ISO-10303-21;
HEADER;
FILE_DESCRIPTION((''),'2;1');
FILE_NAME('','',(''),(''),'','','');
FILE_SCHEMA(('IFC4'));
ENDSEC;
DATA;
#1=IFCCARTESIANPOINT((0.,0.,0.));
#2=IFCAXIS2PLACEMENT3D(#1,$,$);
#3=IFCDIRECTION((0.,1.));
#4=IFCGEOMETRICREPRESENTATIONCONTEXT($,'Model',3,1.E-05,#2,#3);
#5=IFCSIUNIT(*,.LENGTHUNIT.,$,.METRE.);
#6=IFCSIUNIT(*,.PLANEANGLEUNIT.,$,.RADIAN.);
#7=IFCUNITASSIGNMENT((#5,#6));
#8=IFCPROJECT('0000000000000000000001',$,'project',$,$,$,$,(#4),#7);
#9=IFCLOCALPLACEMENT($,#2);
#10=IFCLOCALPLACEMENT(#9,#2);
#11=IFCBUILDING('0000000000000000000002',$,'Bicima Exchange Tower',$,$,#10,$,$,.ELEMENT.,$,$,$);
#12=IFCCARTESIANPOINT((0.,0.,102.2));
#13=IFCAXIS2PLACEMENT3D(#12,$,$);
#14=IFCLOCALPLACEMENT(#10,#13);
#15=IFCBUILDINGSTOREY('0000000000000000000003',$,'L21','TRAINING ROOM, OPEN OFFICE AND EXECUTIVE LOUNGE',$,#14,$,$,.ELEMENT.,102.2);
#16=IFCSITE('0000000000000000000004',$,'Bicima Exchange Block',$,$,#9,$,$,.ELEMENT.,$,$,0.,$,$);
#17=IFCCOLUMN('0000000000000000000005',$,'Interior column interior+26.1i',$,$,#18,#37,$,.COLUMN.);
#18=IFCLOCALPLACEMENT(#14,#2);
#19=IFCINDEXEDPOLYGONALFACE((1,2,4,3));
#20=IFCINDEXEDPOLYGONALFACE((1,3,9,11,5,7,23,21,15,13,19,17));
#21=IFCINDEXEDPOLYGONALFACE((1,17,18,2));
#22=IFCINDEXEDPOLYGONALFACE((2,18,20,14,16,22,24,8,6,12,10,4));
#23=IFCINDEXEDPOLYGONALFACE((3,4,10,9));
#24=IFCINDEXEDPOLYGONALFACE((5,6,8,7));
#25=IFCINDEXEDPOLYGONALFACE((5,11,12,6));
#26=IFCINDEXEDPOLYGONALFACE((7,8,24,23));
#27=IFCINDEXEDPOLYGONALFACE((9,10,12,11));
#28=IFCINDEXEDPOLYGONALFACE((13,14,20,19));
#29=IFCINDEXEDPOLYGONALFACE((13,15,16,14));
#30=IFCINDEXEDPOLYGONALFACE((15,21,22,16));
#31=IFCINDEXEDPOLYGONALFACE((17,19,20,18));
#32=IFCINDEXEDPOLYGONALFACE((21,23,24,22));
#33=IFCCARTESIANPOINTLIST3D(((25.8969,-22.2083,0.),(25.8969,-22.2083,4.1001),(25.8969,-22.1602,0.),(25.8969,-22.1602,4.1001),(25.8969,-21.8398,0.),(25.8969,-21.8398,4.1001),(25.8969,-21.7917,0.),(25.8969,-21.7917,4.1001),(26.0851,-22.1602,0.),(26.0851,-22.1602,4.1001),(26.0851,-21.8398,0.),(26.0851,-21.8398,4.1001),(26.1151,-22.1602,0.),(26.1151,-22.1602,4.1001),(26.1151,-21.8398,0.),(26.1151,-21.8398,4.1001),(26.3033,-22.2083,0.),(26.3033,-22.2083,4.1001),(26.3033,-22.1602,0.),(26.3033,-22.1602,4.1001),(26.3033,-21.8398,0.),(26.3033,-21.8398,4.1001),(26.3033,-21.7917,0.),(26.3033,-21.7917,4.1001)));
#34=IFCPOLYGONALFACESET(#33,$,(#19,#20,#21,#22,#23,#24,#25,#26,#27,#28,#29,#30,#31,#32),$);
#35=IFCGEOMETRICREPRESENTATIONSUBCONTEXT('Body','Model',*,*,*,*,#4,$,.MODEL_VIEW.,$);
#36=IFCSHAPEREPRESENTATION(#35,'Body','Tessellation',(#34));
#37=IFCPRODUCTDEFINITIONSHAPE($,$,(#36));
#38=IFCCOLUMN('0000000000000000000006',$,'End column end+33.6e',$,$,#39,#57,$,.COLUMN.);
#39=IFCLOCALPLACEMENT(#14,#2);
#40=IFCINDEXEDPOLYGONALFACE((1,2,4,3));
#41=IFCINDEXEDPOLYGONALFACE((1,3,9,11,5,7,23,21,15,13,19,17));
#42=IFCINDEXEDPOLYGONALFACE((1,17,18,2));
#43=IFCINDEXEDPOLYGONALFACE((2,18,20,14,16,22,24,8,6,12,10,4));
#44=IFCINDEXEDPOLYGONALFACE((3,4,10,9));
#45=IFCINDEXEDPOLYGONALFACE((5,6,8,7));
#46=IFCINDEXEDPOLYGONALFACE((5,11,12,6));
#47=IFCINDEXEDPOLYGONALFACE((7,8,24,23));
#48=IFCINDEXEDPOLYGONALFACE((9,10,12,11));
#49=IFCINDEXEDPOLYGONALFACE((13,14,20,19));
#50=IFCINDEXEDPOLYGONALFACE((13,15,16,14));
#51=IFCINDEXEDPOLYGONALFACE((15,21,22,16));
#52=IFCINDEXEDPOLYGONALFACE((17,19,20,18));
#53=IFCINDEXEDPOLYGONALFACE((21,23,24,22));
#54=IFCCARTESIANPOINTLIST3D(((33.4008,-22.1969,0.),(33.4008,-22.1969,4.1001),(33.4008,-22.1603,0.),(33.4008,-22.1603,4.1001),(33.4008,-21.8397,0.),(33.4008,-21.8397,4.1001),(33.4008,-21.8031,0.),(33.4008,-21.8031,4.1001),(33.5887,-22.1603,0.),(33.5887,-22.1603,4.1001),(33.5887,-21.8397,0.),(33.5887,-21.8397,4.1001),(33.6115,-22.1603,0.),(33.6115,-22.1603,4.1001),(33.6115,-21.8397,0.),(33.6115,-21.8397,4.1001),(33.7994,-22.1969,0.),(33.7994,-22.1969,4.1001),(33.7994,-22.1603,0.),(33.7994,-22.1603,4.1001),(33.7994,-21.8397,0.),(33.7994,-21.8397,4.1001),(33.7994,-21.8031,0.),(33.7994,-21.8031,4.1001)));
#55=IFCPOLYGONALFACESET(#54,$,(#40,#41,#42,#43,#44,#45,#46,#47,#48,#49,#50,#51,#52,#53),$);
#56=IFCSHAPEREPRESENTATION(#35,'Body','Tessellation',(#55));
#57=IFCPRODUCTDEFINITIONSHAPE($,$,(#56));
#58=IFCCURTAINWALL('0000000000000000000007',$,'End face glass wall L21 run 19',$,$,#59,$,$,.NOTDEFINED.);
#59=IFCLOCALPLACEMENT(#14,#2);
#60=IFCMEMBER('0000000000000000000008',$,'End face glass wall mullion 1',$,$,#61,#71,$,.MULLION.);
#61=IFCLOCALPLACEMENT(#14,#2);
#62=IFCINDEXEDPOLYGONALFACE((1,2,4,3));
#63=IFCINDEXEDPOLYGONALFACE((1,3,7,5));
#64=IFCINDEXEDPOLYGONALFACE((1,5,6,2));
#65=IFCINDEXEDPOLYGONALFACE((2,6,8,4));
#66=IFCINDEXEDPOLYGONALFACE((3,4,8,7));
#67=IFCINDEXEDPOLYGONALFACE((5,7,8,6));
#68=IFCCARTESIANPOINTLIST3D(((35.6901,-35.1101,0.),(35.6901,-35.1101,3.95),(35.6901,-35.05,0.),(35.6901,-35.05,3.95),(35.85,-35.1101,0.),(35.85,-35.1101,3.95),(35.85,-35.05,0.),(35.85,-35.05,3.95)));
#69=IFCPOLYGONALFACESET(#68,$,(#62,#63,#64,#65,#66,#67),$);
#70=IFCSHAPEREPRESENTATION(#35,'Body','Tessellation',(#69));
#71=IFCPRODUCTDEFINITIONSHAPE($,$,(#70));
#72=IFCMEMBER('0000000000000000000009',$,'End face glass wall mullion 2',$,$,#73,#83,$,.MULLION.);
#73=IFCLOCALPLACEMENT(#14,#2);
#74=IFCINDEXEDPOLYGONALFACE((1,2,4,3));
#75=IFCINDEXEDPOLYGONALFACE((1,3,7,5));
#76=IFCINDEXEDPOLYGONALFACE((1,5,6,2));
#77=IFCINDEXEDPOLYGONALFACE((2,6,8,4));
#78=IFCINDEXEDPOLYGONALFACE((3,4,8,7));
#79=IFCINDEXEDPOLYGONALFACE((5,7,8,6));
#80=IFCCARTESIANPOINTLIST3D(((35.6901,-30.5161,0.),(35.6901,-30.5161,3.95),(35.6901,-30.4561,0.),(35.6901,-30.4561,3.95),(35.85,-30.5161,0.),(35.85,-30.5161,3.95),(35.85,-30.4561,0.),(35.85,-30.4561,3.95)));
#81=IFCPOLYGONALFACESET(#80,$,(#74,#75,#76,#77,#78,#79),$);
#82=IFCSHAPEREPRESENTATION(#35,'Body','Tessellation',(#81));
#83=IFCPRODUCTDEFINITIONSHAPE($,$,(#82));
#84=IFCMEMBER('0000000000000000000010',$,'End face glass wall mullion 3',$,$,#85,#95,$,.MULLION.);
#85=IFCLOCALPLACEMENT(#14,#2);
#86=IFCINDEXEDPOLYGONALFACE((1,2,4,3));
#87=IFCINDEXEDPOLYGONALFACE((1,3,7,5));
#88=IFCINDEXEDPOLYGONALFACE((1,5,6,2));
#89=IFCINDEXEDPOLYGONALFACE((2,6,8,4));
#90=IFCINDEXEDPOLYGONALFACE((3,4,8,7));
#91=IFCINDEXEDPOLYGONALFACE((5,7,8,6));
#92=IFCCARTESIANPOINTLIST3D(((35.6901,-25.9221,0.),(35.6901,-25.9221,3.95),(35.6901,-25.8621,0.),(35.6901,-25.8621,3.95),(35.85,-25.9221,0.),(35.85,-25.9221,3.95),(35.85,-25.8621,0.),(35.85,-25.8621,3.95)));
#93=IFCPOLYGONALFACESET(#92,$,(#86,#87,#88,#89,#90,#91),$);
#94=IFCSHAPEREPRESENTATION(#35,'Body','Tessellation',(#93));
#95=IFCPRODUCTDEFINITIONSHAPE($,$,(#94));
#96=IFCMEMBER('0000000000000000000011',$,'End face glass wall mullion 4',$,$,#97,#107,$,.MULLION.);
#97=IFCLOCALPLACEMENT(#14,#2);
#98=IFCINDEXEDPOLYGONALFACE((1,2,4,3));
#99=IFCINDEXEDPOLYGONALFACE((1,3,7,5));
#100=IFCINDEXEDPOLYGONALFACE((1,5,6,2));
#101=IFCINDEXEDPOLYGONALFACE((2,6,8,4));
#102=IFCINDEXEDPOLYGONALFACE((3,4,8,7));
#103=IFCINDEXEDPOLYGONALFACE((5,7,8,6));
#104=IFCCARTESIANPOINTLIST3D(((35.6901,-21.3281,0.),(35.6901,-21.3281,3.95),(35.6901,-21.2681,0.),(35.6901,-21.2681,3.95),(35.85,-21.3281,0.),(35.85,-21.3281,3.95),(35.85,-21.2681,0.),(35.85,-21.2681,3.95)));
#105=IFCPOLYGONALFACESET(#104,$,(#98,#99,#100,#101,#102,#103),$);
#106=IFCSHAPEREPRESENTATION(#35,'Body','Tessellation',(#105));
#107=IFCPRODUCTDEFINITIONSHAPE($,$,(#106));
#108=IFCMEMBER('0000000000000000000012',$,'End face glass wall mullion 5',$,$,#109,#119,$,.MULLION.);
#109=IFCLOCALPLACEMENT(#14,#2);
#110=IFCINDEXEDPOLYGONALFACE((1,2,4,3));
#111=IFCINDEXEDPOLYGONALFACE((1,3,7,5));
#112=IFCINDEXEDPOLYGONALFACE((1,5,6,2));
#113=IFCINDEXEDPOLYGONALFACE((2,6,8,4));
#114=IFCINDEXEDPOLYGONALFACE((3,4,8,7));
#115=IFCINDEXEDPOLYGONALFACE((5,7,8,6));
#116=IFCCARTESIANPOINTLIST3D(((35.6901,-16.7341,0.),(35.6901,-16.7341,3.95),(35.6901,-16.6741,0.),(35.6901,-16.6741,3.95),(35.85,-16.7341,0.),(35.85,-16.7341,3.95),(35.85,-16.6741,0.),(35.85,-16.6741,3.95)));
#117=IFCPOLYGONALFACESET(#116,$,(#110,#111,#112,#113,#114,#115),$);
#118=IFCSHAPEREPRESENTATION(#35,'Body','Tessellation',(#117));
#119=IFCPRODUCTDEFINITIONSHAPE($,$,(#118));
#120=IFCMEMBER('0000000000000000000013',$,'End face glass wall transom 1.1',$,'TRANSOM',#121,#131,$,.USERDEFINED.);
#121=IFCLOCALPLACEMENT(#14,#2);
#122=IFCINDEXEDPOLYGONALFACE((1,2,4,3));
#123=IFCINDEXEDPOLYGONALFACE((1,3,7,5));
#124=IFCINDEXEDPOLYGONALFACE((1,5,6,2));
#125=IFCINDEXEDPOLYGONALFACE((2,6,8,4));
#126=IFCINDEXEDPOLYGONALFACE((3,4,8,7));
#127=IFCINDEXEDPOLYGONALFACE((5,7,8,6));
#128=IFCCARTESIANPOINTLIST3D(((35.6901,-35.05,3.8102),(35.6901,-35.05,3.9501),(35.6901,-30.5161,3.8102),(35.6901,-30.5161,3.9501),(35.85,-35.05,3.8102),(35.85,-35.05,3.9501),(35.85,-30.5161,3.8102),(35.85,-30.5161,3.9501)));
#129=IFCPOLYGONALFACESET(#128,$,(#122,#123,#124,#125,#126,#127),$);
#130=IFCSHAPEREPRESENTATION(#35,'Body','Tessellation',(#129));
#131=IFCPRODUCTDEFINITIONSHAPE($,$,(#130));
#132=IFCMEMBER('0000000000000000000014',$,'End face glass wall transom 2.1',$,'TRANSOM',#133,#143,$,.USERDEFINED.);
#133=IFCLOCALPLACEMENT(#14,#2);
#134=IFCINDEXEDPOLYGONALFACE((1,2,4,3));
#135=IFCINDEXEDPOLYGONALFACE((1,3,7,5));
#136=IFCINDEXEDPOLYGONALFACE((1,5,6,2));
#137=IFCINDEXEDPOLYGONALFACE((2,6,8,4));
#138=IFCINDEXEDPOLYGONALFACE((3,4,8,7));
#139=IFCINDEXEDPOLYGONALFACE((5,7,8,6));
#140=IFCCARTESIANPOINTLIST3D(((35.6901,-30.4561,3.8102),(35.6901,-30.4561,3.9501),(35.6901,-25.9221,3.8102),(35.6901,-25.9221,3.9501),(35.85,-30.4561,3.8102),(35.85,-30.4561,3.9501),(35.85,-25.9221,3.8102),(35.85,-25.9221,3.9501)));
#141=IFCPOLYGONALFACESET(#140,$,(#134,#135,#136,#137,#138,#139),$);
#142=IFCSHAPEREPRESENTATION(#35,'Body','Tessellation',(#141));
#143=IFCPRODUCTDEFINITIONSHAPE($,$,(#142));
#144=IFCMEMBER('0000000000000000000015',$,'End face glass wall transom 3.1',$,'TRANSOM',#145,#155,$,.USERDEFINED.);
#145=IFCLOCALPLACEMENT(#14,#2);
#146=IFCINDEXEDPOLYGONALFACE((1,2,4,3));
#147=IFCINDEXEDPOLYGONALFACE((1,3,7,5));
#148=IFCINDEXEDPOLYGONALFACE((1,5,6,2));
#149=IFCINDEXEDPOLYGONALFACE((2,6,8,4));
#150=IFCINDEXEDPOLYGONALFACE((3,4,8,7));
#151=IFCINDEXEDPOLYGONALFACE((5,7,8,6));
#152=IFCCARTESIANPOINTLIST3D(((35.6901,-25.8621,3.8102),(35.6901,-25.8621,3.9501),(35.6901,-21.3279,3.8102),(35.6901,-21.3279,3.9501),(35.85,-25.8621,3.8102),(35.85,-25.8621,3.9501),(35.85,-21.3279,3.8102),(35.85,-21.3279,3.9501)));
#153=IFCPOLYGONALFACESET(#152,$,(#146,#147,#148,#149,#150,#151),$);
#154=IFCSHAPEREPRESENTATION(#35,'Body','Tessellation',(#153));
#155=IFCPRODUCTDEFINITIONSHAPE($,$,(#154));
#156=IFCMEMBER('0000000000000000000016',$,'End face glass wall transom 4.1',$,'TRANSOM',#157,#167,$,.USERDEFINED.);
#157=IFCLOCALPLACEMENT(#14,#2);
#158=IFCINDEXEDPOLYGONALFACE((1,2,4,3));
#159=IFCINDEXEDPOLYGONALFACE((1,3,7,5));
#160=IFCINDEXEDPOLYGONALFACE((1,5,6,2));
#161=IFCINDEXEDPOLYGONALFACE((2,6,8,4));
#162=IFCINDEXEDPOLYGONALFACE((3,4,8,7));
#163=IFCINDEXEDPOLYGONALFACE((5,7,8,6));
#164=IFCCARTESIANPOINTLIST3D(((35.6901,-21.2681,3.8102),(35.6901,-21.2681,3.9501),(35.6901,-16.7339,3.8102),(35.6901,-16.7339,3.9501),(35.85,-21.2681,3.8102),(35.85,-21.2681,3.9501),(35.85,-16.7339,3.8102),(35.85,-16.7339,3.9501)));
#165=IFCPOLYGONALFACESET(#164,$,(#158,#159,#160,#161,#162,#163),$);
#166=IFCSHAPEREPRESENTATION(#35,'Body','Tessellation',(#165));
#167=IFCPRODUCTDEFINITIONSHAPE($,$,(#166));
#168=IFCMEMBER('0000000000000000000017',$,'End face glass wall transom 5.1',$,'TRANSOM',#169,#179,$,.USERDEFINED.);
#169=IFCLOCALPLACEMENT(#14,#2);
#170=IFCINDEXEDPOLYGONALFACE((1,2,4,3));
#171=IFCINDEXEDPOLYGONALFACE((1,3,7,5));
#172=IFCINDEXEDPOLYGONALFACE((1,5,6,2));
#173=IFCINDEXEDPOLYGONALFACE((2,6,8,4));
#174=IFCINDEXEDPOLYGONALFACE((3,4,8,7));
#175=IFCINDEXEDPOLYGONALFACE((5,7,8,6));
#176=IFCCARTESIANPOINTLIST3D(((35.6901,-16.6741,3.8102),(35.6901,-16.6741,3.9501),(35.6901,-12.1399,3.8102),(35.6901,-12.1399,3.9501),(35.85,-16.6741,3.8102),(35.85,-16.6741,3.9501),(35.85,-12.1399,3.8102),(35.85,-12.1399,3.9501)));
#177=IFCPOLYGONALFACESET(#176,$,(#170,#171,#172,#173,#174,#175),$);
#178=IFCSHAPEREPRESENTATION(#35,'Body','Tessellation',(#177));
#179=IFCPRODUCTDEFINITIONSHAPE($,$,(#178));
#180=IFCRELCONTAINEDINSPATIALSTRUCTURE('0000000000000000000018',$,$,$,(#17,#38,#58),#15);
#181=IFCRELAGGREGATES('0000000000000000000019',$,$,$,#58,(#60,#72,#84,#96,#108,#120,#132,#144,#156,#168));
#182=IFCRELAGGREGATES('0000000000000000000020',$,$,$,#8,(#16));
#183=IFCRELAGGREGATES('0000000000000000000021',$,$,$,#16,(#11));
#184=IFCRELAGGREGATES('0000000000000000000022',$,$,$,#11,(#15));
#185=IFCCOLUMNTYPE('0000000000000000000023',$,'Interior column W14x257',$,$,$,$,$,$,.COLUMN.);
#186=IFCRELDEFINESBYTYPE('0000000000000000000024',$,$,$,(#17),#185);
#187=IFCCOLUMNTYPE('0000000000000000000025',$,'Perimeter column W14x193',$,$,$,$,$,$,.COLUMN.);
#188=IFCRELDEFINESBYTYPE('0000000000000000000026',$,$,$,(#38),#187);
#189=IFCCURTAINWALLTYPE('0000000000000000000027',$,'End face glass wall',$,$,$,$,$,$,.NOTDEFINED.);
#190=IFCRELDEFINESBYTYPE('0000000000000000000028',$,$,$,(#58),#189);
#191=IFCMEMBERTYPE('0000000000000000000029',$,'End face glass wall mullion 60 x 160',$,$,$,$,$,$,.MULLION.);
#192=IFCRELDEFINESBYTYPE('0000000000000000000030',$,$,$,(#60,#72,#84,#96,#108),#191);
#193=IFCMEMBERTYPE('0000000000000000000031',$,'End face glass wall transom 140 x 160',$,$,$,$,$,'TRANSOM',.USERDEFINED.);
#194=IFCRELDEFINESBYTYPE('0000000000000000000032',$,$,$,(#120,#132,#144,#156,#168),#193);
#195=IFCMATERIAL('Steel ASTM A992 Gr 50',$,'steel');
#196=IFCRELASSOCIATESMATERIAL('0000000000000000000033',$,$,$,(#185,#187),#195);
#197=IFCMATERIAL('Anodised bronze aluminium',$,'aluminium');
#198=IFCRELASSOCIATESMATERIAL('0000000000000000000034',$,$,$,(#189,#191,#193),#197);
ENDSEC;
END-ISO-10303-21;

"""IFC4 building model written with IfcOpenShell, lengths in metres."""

from ifc_helpers import new_model, si_unit, direction, frame, origin, origin_2d, place, context, subcontext, project, spatial, rectangle, i_section, extrude, material, material_profile, profile_set, type_object, element, aggregate, save


model = new_model("IFC4")

# Units and contexts
model_context = context("Model", 3, precision=1e-05, world=origin(), true_north=direction((0.0, 1.0)))
body_context = subcontext(model_context, "Body", "Model", "MODEL_VIEW")
ifc_project = project(units=[si_unit("LENGTHUNIT", "METRE"), si_unit("PLANEANGLEUNIT", "RADIAN")], contexts=[model_context])

# Site, building, storey
site_placement = place(None, origin())
site = spatial("IfcSite", under=ifc_project, at=site_placement, Name="Bicima Exchange Block", CompositionType="ELEMENT", RefElevation=0.0)
building_placement = place(site_placement, origin())
building = spatial("IfcBuilding", under=site, at=building_placement, Name="Bicima Exchange Tower", CompositionType="ELEMENT")
storey_placement = place(building_placement, frame((0.0, 0.0, 102.2)))
storey = spatial("IfcBuildingStorey", under=building, at=storey_placement, Name="L21", Description="TRAINING ROOM, OPEN OFFICE AND EXECUTIVE LOUNGE", CompositionType="ELEMENT", Elevation=102.2)

# Columns
ifc_material_1 = material(Name="Steel ASTM A992 Gr 50", Category="steel")
ifc_material_profile_1 = material_profile(ifc_material_1, i_section(OverallWidth=0.4065, OverallDepth=0.4165, WebThickness=0.03, FlangeThickness=0.0481, at=origin_2d()))
ifc_profile_set_1 = profile_set([ifc_material_profile_1], Name="Steel ASTM A992 Gr 50")
column_type_1 = type_object("IfcColumnType", Name="Interior column W14x257", PredefinedType="COLUMN", material=ifc_profile_set_1)
column_1_placement = place(storey_placement, frame((26.1001, -22.0, 0.0), z_axis=(0.0, 0.0, 1.0), x_axis=(1.0, 0.0, 0.0)))
element("IfcColumn", 1, at=column_1_placement, inside=storey, type_object=column_type_1, Name="Interior column interior+26.1i", PredefinedType="COLUMN", context=body_context, shape_type="SweptSolid", body=[
    extrude(i_section(OverallWidth=0.4065, OverallDepth=0.4165, WebThickness=0.03, FlangeThickness=0.0481, at=origin_2d()), origin(), (0.0, 0.0, 1.0), 4.1001),
])
ifc_material_profile_2 = material_profile(ifc_material_1, i_section(OverallWidth=0.3987, OverallDepth=0.3938, WebThickness=0.0227, FlangeThickness=0.0366, at=origin_2d()))
ifc_profile_set_2 = profile_set([ifc_material_profile_2], Name="Steel ASTM A992 Gr 50")
column_type_2 = type_object("IfcColumnType", Name="Perimeter column W14x193", PredefinedType="COLUMN", material=ifc_profile_set_2)
column_2_placement = place(storey_placement, frame((33.6001, -22.0, 0.0), z_axis=(0.0, 0.0, 1.0), x_axis=(1.0, 0.0, 0.0)))
element("IfcColumn", 2, at=column_2_placement, inside=storey, type_object=column_type_2, Name="End column end+33.6e", PredefinedType="COLUMN", context=body_context, shape_type="SweptSolid", body=[
    extrude(i_section(OverallWidth=0.3987, OverallDepth=0.3938, WebThickness=0.0227, FlangeThickness=0.0366, at=origin_2d()), origin(), (0.0, 0.0, 1.0), 4.1001),
])

# Curtain wall, members
ifc_material_2 = material(Name="Anodised bronze aluminium", Category="aluminium")
curtain_wall_type_1 = type_object("IfcCurtainWallType", Name="End face glass wall", PredefinedType="NOTDEFINED", material=ifc_material_2)
curtain_wall_1_placement = place(storey_placement, origin())
curtain_wall_1 = element("IfcCurtainWall", 3, at=curtain_wall_1_placement, inside=storey, type_object=curtain_wall_type_1, Name="End face glass wall L21 run 19", PredefinedType="NOTDEFINED")
ifc_material_profile_3 = material_profile(ifc_material_2, rectangle(XDim=0.1599, YDim=0.0601, at=origin_2d()))
ifc_profile_set_3 = profile_set([ifc_material_profile_3], Name="Anodised bronze aluminium")
member_type_1 = type_object("IfcMemberType", Name="End face glass wall mullion 60 x 160", PredefinedType="MULLION", material=ifc_profile_set_3)
member_1_placement = place(storey_placement, frame((35.77, -35.0801, 0.0), z_axis=(0.0, 0.0, 1.0), x_axis=(-1.0, 0.0, 0.0)))
member_1 = element("IfcMember", 4, at=member_1_placement, type_object=member_type_1, Name="End face glass wall mullion 1", PredefinedType="MULLION", context=body_context, shape_type="SweptSolid", body=[
    extrude(rectangle(XDim=0.1599, YDim=0.0601, at=origin_2d()), origin(), (0.0, 0.0, 1.0), 3.95),
])
member_2_placement = place(storey_placement, frame((35.77, -30.4861, 0.0), z_axis=(0.0, 0.0, 1.0), x_axis=(-1.0, 0.0, 0.0)))
member_2 = element("IfcMember", 5, at=member_2_placement, type_object=member_type_1, Name="End face glass wall mullion 2", PredefinedType="MULLION", context=body_context, shape_type="SweptSolid", body=[
    extrude(rectangle(XDim=0.1599, YDim=0.0601, at=origin_2d()), origin(), (0.0, 0.0, 1.0), 3.95),
])
member_3_placement = place(storey_placement, frame((35.77, -25.8921, 0.0), z_axis=(0.0, 0.0, 1.0), x_axis=(-1.0, 0.0, 0.0)))
member_3 = element("IfcMember", 6, at=member_3_placement, type_object=member_type_1, Name="End face glass wall mullion 3", PredefinedType="MULLION", context=body_context, shape_type="SweptSolid", body=[
    extrude(rectangle(XDim=0.1599, YDim=0.0601, at=origin_2d()), origin(), (0.0, 0.0, 1.0), 3.95),
])
member_4_placement = place(storey_placement, frame((35.77, -21.2981, 0.0), z_axis=(0.0, 0.0, 1.0), x_axis=(-1.0, 0.0, 0.0)))
member_4 = element("IfcMember", 7, at=member_4_placement, type_object=member_type_1, Name="End face glass wall mullion 4", PredefinedType="MULLION", context=body_context, shape_type="SweptSolid", body=[
    extrude(rectangle(XDim=0.1599, YDim=0.0601, at=origin_2d()), origin(), (0.0, 0.0, 1.0), 3.95),
])
member_5_placement = place(storey_placement, frame((35.77, -16.7041, 0.0), z_axis=(0.0, 0.0, 1.0), x_axis=(-1.0, 0.0, 0.0)))
member_5 = element("IfcMember", 8, at=member_5_placement, type_object=member_type_1, Name="End face glass wall mullion 5", PredefinedType="MULLION", context=body_context, shape_type="SweptSolid", body=[
    extrude(rectangle(XDim=0.1599, YDim=0.0601, at=origin_2d()), origin(), (0.0, 0.0, 1.0), 3.95),
])
ifc_material_profile_4 = material_profile(ifc_material_2, rectangle(XDim=0.1599, YDim=0.1399, at=origin_2d()))
ifc_profile_set_4 = profile_set([ifc_material_profile_4], Name="Anodised bronze aluminium")
member_type_2 = type_object("IfcMemberType", Name="End face glass wall transom 140 x 160", ElementType="TRANSOM", PredefinedType="USERDEFINED", material=ifc_profile_set_4)
member_6_placement = place(storey_placement, frame((35.77, -35.05, 3.8801), z_axis=(0.0, 1.0, 0.0), x_axis=(-1.0, 0.0, 0.0)))
member_6 = element("IfcMember", 9, at=member_6_placement, type_object=member_type_2, Name="End face glass wall transom 1.1", ObjectType="TRANSOM", PredefinedType="USERDEFINED", context=body_context, shape_type="SweptSolid", body=[
    extrude(rectangle(XDim=0.1599, YDim=0.1399, at=origin_2d()), origin(), (0.0, 0.0, 1.0), 4.5339),
])
member_7_placement = place(storey_placement, frame((35.77, -30.4561, 3.8801), z_axis=(0.0, 1.0, 0.0), x_axis=(-1.0, 0.0, 0.0)))
member_7 = element("IfcMember", 10, at=member_7_placement, type_object=member_type_2, Name="End face glass wall transom 2.1", ObjectType="TRANSOM", PredefinedType="USERDEFINED", context=body_context, shape_type="SweptSolid", body=[
    extrude(rectangle(XDim=0.1599, YDim=0.1399, at=origin_2d()), origin(), (0.0, 0.0, 1.0), 4.5339),
])
member_8_placement = place(storey_placement, frame((35.77, -25.8621, 3.8801), z_axis=(0.0, 1.0, 0.0), x_axis=(-1.0, 0.0, 0.0)))
member_8 = element("IfcMember", 11, at=member_8_placement, type_object=member_type_2, Name="End face glass wall transom 3.1", ObjectType="TRANSOM", PredefinedType="USERDEFINED", context=body_context, shape_type="SweptSolid", body=[
    extrude(rectangle(XDim=0.1599, YDim=0.1399, at=origin_2d()), origin(), (0.0, 0.0, 1.0), 4.5342),
])
member_9_placement = place(storey_placement, frame((35.77, -21.2681, 3.8801), z_axis=(0.0, 1.0, 0.0), x_axis=(-1.0, 0.0, 0.0)))
member_9 = element("IfcMember", 12, at=member_9_placement, type_object=member_type_2, Name="End face glass wall transom 4.1", ObjectType="TRANSOM", PredefinedType="USERDEFINED", context=body_context, shape_type="SweptSolid", body=[
    extrude(rectangle(XDim=0.1599, YDim=0.1399, at=origin_2d()), origin(), (0.0, 0.0, 1.0), 4.5342),
])
member_10_placement = place(storey_placement, frame((35.77, -16.6741, 3.8801), z_axis=(0.0, 1.0, 0.0), x_axis=(-1.0, 0.0, 0.0)))
member_10 = element("IfcMember", 13, at=member_10_placement, type_object=member_type_2, Name="End face glass wall transom 5.1", ObjectType="TRANSOM", PredefinedType="USERDEFINED", context=body_context, shape_type="SweptSolid", body=[
    extrude(rectangle(XDim=0.1599, YDim=0.1399, at=origin_2d()), origin(), (0.0, 0.0, 1.0), 4.5342),
])

aggregate(curtain_wall_1, [member_1, member_2, member_3, member_4, member_5, member_6, member_7, member_8, member_9, member_10])

save(model, "model.ifc")
